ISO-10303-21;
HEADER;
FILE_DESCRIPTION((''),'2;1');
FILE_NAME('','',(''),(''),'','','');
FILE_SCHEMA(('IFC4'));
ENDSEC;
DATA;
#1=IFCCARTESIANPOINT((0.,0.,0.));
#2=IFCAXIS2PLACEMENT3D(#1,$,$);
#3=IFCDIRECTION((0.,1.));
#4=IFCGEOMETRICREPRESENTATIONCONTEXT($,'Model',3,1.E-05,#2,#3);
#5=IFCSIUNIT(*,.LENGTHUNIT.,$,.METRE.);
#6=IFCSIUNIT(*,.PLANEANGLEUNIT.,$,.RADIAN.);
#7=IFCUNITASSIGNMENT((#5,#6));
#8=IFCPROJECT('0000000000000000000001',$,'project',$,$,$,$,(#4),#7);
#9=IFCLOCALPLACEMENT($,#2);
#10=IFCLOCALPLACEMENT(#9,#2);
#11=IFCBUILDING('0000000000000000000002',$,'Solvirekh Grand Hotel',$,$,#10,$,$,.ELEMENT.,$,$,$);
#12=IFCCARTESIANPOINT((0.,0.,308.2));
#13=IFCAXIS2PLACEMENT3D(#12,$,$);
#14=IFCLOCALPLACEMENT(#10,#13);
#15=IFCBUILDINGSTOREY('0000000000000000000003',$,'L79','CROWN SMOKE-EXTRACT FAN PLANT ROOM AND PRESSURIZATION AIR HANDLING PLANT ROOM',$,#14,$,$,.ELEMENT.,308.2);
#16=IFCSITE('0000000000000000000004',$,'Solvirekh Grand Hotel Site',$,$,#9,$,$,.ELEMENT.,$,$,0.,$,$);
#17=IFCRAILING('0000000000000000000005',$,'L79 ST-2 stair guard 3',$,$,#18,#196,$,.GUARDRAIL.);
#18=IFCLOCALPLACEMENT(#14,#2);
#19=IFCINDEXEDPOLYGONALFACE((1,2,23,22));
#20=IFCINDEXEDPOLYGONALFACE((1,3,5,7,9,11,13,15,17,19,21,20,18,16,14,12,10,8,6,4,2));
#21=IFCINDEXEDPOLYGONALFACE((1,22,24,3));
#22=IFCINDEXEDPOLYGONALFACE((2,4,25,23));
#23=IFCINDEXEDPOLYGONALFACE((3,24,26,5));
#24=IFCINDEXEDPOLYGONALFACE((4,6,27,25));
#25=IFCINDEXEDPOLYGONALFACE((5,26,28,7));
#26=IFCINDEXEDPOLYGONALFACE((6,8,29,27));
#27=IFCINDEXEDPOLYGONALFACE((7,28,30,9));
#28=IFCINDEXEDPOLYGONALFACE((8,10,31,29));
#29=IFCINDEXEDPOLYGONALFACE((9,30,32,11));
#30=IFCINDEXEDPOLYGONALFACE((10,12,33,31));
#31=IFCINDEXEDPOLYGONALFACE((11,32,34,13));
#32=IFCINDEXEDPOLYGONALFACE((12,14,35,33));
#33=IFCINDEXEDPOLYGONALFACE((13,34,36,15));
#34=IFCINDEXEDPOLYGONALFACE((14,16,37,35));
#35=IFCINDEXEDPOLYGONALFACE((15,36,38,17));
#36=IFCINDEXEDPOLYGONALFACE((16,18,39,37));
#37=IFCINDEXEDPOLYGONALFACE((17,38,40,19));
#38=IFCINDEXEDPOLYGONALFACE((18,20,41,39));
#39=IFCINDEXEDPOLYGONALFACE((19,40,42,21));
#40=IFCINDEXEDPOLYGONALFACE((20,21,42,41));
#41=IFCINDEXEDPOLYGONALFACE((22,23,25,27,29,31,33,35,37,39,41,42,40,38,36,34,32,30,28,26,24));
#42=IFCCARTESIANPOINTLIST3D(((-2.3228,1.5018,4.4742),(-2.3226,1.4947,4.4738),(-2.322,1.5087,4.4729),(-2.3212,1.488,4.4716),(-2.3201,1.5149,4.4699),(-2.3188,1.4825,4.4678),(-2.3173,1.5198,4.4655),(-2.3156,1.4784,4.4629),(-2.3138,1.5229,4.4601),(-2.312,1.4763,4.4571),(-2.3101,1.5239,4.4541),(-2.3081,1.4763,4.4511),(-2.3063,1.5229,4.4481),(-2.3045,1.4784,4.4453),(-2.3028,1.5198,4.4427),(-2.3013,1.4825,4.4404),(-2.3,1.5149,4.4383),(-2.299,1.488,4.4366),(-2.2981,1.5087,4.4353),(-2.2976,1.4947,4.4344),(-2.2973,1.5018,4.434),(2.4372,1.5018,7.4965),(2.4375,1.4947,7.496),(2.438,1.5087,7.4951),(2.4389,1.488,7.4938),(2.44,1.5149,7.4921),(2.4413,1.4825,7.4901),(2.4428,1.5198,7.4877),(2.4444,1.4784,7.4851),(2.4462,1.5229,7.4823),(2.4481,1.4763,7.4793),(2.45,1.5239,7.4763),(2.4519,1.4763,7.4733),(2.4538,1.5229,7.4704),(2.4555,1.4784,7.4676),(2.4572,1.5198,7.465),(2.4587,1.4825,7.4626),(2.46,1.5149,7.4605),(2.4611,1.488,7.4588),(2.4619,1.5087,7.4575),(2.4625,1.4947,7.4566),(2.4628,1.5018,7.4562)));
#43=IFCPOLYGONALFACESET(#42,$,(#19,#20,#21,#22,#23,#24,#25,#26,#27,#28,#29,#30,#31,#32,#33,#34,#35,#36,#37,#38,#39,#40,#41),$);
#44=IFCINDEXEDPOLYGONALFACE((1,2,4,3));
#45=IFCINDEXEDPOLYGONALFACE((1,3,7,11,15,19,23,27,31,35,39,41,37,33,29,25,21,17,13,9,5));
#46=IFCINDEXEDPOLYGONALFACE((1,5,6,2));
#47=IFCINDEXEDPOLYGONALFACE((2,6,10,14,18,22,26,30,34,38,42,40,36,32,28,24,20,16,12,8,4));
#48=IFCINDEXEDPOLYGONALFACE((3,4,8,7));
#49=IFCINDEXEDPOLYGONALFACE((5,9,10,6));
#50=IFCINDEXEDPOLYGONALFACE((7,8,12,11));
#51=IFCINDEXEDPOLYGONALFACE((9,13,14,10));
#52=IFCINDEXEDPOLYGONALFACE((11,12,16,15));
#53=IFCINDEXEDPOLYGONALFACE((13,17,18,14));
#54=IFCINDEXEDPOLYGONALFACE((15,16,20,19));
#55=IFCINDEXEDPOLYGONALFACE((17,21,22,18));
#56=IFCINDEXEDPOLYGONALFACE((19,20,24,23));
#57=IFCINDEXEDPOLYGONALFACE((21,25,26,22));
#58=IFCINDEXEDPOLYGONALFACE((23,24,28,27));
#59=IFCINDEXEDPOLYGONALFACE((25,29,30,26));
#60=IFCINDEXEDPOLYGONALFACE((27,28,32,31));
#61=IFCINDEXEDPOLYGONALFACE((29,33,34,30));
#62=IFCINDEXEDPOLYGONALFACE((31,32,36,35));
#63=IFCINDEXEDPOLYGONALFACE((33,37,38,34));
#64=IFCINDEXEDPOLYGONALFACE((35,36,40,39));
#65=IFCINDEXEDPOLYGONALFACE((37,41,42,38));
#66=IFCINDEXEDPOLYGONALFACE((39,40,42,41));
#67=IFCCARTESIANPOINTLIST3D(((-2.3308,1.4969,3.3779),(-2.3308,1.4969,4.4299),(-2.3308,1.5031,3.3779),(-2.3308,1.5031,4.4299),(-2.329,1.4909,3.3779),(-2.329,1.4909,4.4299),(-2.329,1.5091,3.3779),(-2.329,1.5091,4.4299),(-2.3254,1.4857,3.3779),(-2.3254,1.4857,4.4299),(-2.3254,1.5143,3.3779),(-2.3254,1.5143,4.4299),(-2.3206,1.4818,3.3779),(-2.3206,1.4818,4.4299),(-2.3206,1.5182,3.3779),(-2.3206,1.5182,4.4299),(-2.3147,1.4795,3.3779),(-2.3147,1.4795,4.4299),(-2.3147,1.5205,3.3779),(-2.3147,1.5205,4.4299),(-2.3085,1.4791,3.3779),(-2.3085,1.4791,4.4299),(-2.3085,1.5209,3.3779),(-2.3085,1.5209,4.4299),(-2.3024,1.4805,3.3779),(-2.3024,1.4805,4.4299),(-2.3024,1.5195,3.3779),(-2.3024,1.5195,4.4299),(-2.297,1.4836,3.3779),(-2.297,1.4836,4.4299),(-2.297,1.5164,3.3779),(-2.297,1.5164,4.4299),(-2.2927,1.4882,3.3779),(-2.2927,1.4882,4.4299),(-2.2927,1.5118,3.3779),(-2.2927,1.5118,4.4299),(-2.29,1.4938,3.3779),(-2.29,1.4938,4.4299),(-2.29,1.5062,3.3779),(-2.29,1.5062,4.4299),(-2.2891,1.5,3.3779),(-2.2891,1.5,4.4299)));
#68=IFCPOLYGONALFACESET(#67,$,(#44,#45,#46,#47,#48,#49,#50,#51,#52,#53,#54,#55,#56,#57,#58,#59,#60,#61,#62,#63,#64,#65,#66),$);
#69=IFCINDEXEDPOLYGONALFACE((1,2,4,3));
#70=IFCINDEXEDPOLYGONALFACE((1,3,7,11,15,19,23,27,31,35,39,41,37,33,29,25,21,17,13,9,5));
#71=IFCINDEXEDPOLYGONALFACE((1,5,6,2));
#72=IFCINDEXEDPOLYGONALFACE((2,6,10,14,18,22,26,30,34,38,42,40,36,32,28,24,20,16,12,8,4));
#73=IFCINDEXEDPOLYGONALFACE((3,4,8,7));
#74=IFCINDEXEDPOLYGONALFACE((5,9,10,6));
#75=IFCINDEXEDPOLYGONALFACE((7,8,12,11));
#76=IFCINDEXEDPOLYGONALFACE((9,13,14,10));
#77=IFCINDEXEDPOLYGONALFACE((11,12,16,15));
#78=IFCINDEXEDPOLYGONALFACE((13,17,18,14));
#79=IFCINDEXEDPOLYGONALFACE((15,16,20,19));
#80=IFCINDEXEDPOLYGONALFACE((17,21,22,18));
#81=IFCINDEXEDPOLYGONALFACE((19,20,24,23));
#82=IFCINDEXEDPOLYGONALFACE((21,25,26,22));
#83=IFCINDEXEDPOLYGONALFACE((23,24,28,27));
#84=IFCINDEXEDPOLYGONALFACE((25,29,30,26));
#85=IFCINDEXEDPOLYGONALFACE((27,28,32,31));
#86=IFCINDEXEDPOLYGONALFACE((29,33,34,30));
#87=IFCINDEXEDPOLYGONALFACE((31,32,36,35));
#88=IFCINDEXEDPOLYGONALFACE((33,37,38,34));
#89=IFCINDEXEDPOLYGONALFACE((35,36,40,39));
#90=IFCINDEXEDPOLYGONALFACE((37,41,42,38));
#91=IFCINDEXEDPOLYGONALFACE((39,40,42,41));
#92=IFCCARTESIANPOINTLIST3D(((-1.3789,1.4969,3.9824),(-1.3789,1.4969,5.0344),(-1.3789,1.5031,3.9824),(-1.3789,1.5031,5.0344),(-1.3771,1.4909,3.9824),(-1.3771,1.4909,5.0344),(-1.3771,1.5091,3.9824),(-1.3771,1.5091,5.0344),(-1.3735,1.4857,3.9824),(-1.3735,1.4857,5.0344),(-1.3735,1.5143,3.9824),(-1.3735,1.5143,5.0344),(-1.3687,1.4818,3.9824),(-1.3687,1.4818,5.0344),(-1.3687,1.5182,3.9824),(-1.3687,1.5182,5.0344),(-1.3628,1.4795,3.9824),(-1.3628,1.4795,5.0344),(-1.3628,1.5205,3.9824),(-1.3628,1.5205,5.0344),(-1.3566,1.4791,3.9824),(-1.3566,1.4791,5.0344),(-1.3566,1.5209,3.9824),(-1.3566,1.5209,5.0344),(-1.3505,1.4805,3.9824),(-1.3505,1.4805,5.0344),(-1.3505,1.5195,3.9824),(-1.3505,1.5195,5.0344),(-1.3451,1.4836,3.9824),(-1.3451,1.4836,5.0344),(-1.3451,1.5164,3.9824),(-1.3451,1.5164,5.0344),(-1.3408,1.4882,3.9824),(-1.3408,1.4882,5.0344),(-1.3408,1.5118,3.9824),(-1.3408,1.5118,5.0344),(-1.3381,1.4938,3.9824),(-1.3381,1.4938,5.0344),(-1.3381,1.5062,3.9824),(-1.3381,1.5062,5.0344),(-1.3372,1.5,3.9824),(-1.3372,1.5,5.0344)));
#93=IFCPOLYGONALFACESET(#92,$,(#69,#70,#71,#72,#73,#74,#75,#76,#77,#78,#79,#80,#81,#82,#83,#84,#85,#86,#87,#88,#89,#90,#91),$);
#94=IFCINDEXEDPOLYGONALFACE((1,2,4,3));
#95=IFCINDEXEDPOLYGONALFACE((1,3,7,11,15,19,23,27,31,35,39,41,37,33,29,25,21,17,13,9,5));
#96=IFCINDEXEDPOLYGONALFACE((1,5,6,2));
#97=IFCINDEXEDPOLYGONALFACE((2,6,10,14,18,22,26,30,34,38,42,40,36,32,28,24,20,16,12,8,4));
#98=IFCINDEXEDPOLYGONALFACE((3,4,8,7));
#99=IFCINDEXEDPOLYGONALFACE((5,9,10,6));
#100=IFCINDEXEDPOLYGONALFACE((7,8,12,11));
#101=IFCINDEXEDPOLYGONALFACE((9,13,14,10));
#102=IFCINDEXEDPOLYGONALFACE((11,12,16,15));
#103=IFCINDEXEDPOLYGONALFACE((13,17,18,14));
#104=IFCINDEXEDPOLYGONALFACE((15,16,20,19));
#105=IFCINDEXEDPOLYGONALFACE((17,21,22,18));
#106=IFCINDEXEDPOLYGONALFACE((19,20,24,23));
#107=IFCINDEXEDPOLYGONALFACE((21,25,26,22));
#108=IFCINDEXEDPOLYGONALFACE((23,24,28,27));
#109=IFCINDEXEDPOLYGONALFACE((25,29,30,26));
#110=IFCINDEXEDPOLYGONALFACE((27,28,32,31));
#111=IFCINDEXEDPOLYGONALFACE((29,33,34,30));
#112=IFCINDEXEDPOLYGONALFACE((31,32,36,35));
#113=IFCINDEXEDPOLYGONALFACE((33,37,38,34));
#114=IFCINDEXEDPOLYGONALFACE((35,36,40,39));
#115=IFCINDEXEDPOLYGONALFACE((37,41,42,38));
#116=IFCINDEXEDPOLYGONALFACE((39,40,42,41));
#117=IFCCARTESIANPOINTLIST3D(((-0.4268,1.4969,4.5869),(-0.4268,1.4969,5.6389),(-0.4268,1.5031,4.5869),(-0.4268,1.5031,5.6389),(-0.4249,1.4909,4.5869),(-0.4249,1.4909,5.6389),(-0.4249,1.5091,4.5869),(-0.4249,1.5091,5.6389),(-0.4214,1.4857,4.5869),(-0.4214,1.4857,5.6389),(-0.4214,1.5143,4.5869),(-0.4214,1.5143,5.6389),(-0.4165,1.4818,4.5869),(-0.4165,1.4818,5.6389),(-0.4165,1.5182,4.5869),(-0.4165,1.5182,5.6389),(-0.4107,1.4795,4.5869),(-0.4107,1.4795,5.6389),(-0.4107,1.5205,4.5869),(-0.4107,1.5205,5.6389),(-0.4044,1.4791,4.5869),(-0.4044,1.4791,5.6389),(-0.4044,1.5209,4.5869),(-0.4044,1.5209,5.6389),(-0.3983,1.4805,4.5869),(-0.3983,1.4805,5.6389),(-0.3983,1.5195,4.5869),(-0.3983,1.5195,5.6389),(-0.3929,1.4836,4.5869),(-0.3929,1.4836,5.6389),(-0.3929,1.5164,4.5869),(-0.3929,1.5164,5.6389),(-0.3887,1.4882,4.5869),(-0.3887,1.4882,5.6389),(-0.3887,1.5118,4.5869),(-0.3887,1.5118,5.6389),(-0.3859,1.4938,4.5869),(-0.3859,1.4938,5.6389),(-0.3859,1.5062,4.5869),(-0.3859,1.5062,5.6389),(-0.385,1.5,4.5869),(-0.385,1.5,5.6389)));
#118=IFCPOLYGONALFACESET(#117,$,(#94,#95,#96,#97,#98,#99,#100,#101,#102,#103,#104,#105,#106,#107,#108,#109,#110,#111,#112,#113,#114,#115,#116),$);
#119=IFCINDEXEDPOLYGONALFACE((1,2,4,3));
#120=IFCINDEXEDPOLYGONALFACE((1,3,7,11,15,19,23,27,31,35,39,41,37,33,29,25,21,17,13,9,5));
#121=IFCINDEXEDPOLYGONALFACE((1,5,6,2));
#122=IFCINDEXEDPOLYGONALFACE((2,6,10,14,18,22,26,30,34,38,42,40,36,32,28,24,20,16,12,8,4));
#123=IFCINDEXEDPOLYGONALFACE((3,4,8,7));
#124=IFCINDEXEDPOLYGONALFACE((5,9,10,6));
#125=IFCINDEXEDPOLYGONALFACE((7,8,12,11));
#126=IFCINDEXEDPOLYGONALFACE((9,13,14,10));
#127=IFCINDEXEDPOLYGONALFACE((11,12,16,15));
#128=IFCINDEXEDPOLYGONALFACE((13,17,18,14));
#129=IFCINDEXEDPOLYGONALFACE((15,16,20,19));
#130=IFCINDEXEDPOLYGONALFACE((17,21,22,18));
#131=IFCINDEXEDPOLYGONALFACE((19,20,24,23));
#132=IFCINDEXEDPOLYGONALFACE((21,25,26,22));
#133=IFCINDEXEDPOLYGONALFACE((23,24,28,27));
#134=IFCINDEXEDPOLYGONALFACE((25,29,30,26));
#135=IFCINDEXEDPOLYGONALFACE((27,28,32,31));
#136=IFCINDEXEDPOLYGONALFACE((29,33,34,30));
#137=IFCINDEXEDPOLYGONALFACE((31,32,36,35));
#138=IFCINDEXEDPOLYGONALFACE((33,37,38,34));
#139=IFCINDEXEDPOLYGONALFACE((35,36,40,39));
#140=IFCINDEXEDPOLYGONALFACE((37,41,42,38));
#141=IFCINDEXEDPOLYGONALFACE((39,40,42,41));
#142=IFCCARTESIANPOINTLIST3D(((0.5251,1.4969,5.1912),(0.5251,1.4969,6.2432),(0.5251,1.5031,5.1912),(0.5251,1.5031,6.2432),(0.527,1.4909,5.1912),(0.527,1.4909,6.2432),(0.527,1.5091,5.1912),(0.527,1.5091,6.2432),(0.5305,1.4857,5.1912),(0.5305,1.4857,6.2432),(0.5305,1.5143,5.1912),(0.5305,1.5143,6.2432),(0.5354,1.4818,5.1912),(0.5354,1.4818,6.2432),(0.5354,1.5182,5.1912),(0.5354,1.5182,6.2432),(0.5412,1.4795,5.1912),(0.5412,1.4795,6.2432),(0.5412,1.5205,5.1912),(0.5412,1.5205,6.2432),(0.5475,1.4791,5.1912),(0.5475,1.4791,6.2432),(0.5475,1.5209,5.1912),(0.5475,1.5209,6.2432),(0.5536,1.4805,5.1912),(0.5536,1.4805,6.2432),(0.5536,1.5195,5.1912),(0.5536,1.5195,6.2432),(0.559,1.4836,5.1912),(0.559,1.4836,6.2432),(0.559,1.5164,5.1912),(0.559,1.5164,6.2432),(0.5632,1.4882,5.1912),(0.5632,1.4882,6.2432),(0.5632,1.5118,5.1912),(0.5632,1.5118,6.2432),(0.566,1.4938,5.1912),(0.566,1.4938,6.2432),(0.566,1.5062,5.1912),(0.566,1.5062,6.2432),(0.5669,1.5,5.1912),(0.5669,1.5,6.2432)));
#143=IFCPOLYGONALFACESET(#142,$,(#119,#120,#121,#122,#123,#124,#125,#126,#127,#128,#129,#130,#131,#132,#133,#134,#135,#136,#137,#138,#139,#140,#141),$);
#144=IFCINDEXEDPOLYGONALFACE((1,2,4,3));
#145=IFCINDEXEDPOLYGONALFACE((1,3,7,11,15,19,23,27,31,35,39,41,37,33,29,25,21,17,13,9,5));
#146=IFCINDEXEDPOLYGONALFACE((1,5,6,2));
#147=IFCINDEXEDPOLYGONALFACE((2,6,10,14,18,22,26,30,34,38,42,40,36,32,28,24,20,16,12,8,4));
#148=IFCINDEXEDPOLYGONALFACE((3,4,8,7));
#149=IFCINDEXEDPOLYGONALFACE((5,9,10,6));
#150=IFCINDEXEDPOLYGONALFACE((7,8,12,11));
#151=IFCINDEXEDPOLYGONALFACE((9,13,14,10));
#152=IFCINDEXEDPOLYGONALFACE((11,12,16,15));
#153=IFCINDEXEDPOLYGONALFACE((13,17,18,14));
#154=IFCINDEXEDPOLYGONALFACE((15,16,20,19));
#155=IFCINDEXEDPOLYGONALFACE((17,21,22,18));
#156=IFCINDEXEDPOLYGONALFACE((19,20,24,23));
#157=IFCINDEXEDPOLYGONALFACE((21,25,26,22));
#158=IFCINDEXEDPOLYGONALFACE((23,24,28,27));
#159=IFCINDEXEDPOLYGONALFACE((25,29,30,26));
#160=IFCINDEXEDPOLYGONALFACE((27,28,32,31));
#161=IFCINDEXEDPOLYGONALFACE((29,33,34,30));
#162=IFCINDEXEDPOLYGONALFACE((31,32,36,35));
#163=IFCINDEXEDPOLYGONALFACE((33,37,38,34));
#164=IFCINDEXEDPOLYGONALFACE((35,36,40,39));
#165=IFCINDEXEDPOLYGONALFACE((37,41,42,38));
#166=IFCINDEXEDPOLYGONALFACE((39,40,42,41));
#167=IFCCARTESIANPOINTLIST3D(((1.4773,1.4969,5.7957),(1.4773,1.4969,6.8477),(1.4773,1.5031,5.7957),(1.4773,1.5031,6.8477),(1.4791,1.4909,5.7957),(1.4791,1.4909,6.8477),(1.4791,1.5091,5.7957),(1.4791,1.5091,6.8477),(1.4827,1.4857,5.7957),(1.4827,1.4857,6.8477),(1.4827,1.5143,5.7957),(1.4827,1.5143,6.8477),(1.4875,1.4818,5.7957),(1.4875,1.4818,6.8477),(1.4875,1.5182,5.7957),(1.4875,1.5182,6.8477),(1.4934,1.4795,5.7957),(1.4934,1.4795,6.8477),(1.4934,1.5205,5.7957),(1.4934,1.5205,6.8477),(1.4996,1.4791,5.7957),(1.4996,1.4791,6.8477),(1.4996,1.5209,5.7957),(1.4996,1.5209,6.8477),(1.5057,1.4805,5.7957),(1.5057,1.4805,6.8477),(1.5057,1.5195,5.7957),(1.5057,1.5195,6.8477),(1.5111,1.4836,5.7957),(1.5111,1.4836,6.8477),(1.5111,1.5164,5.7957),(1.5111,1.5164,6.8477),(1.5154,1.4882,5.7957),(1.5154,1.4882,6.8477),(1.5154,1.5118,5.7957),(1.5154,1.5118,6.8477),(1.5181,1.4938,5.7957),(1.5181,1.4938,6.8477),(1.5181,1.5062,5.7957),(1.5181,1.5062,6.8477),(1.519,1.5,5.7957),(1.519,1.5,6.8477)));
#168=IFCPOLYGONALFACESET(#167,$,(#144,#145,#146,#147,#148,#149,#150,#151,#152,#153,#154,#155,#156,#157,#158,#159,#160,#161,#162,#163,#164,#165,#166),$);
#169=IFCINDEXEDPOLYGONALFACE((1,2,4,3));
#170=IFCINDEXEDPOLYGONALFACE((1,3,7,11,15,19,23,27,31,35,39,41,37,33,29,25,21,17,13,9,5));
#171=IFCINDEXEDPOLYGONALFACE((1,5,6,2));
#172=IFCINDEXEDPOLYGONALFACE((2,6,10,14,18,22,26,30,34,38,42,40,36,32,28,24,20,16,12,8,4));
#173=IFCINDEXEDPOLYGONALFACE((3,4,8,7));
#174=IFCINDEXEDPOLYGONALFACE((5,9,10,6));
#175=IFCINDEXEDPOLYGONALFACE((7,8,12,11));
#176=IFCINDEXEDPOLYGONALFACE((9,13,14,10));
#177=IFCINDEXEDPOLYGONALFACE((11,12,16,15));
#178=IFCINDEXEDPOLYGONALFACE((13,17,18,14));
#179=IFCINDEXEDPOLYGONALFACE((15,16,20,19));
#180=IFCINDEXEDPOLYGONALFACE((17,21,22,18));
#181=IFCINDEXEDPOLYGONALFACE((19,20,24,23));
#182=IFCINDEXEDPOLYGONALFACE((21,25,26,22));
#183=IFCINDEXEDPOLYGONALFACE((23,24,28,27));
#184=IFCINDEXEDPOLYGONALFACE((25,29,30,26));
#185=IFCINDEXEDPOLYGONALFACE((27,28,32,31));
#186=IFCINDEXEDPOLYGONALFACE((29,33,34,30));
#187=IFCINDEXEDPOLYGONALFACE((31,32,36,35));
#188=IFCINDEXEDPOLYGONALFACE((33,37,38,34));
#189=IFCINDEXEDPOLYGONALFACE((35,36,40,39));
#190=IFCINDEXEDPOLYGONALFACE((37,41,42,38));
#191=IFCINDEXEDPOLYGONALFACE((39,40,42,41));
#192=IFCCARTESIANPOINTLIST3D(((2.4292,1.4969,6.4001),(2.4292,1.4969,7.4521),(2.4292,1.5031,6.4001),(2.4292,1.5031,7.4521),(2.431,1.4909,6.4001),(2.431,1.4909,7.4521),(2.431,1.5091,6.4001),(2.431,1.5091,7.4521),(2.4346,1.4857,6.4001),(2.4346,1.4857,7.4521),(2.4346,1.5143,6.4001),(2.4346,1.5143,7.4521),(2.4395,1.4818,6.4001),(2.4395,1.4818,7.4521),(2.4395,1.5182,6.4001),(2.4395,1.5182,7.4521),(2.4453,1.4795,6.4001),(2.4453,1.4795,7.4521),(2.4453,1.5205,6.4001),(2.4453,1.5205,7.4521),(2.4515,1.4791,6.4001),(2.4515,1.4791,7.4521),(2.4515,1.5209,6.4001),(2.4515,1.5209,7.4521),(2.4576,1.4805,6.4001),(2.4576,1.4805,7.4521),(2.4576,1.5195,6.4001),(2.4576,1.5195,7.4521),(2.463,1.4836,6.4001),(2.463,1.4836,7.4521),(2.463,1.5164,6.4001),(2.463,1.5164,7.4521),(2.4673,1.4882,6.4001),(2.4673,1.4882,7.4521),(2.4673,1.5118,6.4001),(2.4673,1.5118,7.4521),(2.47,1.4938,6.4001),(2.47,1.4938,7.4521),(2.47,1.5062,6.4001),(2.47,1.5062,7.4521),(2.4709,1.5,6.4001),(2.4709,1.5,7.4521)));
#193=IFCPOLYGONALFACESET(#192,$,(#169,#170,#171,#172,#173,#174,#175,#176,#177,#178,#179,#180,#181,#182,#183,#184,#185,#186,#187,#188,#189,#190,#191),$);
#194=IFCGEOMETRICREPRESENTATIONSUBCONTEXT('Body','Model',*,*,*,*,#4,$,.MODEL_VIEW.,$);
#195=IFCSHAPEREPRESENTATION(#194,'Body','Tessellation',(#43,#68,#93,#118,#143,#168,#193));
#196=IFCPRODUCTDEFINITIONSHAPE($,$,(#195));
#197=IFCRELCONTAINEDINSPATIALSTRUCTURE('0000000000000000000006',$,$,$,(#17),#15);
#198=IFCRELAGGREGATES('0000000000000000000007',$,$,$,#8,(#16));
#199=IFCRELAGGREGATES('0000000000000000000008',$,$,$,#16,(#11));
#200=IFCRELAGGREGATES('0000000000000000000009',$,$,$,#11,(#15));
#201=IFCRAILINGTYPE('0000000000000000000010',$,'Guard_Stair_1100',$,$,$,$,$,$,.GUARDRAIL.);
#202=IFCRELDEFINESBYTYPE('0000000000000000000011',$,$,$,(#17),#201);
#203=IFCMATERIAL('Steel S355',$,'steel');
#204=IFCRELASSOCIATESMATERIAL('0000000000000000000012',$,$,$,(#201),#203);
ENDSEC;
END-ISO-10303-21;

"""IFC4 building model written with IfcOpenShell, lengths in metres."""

from ifc_helpers import new_model, si_unit, direction, frame, origin, origin_2d, place, context, subcontext, project, spatial, circle, extrude, material, type_object, element, save


model = new_model("IFC4")

# Units and contexts
model_context = context("Model", 3, precision=1e-05, world=origin(), true_north=direction((0.0, 1.0)))
body_context = subcontext(model_context, "Body", "Model", "MODEL_VIEW")
ifc_project = project(units=[si_unit("LENGTHUNIT", "METRE"), si_unit("PLANEANGLEUNIT", "RADIAN")], contexts=[model_context])

# Site, building, storey
site_placement = place(None, origin())
site = spatial("IfcSite", under=ifc_project, at=site_placement, Name="Solvirekh Grand Hotel Site", CompositionType="ELEMENT", RefElevation=0.0)
building_placement = place(site_placement, origin())
building = spatial("IfcBuilding", under=site, at=building_placement, Name="Solvirekh Grand Hotel", CompositionType="ELEMENT")
storey_placement = place(building_placement, frame((0.0, 0.0, 308.2)))
storey = spatial("IfcBuildingStorey", under=building, at=storey_placement, Name="L79", Description="CROWN SMOKE-EXTRACT FAN PLANT ROOM AND PRESSURIZATION AIR HANDLING PLANT ROOM", CompositionType="ELEMENT", Elevation=308.2)

# Shared definitions
ifc_material_1 = material(Name="Steel S355", Category="steel")

# Railing
railing_type_1 = type_object("IfcRailingType", Name="Guard_Stair_1100", PredefinedType="GUARDRAIL", material=ifc_material_1)
railing_1_placement = place(storey_placement, frame((-2.3101, 1.5, 3.3779)))
element("IfcRailing", 1, at=railing_1_placement, inside=storey, type_object=railing_type_1, Name="L79 ST-2 stair guard 3", PredefinedType="GUARDRAIL", context=body_context, shape_type="SweptSolid", body=[
    extrude(circle(Radius=0.0239, at=origin_2d()), frame((0.0, 0.0, 1.0762), z_axis=(0.844214, 0.0, 0.536007), x_axis=(0.0, 1.0, 0.0)), (0.0, 0.0, 1.0), 5.6384),
    extrude(circle(Radius=0.021, at=origin_2d()), origin(), (0.0, 0.0, 1.0), 1.052),
    extrude(circle(Radius=0.021, at=origin_2d()), frame((0.9519, 0.0, 0.6045)), (0.0, 0.0, 1.0), 1.052),
    extrude(circle(Radius=0.021, at=origin_2d()), frame((1.9041, 0.0, 1.209)), (0.0, 0.0, 1.0), 1.052),
    extrude(circle(Radius=0.021, at=origin_2d()), frame((2.856, 0.0, 1.8132)), (0.0, 0.0, 1.0), 1.052),
    extrude(circle(Radius=0.021, at=origin_2d()), frame((3.8081, 0.0, 2.4177)), (0.0, 0.0, 1.0), 1.052),
    extrude(circle(Radius=0.021, at=origin_2d()), frame((4.76, 0.0, 3.0222)), (0.0, 0.0, 1.0), 1.052),
])

save(model, "model.ifc")
